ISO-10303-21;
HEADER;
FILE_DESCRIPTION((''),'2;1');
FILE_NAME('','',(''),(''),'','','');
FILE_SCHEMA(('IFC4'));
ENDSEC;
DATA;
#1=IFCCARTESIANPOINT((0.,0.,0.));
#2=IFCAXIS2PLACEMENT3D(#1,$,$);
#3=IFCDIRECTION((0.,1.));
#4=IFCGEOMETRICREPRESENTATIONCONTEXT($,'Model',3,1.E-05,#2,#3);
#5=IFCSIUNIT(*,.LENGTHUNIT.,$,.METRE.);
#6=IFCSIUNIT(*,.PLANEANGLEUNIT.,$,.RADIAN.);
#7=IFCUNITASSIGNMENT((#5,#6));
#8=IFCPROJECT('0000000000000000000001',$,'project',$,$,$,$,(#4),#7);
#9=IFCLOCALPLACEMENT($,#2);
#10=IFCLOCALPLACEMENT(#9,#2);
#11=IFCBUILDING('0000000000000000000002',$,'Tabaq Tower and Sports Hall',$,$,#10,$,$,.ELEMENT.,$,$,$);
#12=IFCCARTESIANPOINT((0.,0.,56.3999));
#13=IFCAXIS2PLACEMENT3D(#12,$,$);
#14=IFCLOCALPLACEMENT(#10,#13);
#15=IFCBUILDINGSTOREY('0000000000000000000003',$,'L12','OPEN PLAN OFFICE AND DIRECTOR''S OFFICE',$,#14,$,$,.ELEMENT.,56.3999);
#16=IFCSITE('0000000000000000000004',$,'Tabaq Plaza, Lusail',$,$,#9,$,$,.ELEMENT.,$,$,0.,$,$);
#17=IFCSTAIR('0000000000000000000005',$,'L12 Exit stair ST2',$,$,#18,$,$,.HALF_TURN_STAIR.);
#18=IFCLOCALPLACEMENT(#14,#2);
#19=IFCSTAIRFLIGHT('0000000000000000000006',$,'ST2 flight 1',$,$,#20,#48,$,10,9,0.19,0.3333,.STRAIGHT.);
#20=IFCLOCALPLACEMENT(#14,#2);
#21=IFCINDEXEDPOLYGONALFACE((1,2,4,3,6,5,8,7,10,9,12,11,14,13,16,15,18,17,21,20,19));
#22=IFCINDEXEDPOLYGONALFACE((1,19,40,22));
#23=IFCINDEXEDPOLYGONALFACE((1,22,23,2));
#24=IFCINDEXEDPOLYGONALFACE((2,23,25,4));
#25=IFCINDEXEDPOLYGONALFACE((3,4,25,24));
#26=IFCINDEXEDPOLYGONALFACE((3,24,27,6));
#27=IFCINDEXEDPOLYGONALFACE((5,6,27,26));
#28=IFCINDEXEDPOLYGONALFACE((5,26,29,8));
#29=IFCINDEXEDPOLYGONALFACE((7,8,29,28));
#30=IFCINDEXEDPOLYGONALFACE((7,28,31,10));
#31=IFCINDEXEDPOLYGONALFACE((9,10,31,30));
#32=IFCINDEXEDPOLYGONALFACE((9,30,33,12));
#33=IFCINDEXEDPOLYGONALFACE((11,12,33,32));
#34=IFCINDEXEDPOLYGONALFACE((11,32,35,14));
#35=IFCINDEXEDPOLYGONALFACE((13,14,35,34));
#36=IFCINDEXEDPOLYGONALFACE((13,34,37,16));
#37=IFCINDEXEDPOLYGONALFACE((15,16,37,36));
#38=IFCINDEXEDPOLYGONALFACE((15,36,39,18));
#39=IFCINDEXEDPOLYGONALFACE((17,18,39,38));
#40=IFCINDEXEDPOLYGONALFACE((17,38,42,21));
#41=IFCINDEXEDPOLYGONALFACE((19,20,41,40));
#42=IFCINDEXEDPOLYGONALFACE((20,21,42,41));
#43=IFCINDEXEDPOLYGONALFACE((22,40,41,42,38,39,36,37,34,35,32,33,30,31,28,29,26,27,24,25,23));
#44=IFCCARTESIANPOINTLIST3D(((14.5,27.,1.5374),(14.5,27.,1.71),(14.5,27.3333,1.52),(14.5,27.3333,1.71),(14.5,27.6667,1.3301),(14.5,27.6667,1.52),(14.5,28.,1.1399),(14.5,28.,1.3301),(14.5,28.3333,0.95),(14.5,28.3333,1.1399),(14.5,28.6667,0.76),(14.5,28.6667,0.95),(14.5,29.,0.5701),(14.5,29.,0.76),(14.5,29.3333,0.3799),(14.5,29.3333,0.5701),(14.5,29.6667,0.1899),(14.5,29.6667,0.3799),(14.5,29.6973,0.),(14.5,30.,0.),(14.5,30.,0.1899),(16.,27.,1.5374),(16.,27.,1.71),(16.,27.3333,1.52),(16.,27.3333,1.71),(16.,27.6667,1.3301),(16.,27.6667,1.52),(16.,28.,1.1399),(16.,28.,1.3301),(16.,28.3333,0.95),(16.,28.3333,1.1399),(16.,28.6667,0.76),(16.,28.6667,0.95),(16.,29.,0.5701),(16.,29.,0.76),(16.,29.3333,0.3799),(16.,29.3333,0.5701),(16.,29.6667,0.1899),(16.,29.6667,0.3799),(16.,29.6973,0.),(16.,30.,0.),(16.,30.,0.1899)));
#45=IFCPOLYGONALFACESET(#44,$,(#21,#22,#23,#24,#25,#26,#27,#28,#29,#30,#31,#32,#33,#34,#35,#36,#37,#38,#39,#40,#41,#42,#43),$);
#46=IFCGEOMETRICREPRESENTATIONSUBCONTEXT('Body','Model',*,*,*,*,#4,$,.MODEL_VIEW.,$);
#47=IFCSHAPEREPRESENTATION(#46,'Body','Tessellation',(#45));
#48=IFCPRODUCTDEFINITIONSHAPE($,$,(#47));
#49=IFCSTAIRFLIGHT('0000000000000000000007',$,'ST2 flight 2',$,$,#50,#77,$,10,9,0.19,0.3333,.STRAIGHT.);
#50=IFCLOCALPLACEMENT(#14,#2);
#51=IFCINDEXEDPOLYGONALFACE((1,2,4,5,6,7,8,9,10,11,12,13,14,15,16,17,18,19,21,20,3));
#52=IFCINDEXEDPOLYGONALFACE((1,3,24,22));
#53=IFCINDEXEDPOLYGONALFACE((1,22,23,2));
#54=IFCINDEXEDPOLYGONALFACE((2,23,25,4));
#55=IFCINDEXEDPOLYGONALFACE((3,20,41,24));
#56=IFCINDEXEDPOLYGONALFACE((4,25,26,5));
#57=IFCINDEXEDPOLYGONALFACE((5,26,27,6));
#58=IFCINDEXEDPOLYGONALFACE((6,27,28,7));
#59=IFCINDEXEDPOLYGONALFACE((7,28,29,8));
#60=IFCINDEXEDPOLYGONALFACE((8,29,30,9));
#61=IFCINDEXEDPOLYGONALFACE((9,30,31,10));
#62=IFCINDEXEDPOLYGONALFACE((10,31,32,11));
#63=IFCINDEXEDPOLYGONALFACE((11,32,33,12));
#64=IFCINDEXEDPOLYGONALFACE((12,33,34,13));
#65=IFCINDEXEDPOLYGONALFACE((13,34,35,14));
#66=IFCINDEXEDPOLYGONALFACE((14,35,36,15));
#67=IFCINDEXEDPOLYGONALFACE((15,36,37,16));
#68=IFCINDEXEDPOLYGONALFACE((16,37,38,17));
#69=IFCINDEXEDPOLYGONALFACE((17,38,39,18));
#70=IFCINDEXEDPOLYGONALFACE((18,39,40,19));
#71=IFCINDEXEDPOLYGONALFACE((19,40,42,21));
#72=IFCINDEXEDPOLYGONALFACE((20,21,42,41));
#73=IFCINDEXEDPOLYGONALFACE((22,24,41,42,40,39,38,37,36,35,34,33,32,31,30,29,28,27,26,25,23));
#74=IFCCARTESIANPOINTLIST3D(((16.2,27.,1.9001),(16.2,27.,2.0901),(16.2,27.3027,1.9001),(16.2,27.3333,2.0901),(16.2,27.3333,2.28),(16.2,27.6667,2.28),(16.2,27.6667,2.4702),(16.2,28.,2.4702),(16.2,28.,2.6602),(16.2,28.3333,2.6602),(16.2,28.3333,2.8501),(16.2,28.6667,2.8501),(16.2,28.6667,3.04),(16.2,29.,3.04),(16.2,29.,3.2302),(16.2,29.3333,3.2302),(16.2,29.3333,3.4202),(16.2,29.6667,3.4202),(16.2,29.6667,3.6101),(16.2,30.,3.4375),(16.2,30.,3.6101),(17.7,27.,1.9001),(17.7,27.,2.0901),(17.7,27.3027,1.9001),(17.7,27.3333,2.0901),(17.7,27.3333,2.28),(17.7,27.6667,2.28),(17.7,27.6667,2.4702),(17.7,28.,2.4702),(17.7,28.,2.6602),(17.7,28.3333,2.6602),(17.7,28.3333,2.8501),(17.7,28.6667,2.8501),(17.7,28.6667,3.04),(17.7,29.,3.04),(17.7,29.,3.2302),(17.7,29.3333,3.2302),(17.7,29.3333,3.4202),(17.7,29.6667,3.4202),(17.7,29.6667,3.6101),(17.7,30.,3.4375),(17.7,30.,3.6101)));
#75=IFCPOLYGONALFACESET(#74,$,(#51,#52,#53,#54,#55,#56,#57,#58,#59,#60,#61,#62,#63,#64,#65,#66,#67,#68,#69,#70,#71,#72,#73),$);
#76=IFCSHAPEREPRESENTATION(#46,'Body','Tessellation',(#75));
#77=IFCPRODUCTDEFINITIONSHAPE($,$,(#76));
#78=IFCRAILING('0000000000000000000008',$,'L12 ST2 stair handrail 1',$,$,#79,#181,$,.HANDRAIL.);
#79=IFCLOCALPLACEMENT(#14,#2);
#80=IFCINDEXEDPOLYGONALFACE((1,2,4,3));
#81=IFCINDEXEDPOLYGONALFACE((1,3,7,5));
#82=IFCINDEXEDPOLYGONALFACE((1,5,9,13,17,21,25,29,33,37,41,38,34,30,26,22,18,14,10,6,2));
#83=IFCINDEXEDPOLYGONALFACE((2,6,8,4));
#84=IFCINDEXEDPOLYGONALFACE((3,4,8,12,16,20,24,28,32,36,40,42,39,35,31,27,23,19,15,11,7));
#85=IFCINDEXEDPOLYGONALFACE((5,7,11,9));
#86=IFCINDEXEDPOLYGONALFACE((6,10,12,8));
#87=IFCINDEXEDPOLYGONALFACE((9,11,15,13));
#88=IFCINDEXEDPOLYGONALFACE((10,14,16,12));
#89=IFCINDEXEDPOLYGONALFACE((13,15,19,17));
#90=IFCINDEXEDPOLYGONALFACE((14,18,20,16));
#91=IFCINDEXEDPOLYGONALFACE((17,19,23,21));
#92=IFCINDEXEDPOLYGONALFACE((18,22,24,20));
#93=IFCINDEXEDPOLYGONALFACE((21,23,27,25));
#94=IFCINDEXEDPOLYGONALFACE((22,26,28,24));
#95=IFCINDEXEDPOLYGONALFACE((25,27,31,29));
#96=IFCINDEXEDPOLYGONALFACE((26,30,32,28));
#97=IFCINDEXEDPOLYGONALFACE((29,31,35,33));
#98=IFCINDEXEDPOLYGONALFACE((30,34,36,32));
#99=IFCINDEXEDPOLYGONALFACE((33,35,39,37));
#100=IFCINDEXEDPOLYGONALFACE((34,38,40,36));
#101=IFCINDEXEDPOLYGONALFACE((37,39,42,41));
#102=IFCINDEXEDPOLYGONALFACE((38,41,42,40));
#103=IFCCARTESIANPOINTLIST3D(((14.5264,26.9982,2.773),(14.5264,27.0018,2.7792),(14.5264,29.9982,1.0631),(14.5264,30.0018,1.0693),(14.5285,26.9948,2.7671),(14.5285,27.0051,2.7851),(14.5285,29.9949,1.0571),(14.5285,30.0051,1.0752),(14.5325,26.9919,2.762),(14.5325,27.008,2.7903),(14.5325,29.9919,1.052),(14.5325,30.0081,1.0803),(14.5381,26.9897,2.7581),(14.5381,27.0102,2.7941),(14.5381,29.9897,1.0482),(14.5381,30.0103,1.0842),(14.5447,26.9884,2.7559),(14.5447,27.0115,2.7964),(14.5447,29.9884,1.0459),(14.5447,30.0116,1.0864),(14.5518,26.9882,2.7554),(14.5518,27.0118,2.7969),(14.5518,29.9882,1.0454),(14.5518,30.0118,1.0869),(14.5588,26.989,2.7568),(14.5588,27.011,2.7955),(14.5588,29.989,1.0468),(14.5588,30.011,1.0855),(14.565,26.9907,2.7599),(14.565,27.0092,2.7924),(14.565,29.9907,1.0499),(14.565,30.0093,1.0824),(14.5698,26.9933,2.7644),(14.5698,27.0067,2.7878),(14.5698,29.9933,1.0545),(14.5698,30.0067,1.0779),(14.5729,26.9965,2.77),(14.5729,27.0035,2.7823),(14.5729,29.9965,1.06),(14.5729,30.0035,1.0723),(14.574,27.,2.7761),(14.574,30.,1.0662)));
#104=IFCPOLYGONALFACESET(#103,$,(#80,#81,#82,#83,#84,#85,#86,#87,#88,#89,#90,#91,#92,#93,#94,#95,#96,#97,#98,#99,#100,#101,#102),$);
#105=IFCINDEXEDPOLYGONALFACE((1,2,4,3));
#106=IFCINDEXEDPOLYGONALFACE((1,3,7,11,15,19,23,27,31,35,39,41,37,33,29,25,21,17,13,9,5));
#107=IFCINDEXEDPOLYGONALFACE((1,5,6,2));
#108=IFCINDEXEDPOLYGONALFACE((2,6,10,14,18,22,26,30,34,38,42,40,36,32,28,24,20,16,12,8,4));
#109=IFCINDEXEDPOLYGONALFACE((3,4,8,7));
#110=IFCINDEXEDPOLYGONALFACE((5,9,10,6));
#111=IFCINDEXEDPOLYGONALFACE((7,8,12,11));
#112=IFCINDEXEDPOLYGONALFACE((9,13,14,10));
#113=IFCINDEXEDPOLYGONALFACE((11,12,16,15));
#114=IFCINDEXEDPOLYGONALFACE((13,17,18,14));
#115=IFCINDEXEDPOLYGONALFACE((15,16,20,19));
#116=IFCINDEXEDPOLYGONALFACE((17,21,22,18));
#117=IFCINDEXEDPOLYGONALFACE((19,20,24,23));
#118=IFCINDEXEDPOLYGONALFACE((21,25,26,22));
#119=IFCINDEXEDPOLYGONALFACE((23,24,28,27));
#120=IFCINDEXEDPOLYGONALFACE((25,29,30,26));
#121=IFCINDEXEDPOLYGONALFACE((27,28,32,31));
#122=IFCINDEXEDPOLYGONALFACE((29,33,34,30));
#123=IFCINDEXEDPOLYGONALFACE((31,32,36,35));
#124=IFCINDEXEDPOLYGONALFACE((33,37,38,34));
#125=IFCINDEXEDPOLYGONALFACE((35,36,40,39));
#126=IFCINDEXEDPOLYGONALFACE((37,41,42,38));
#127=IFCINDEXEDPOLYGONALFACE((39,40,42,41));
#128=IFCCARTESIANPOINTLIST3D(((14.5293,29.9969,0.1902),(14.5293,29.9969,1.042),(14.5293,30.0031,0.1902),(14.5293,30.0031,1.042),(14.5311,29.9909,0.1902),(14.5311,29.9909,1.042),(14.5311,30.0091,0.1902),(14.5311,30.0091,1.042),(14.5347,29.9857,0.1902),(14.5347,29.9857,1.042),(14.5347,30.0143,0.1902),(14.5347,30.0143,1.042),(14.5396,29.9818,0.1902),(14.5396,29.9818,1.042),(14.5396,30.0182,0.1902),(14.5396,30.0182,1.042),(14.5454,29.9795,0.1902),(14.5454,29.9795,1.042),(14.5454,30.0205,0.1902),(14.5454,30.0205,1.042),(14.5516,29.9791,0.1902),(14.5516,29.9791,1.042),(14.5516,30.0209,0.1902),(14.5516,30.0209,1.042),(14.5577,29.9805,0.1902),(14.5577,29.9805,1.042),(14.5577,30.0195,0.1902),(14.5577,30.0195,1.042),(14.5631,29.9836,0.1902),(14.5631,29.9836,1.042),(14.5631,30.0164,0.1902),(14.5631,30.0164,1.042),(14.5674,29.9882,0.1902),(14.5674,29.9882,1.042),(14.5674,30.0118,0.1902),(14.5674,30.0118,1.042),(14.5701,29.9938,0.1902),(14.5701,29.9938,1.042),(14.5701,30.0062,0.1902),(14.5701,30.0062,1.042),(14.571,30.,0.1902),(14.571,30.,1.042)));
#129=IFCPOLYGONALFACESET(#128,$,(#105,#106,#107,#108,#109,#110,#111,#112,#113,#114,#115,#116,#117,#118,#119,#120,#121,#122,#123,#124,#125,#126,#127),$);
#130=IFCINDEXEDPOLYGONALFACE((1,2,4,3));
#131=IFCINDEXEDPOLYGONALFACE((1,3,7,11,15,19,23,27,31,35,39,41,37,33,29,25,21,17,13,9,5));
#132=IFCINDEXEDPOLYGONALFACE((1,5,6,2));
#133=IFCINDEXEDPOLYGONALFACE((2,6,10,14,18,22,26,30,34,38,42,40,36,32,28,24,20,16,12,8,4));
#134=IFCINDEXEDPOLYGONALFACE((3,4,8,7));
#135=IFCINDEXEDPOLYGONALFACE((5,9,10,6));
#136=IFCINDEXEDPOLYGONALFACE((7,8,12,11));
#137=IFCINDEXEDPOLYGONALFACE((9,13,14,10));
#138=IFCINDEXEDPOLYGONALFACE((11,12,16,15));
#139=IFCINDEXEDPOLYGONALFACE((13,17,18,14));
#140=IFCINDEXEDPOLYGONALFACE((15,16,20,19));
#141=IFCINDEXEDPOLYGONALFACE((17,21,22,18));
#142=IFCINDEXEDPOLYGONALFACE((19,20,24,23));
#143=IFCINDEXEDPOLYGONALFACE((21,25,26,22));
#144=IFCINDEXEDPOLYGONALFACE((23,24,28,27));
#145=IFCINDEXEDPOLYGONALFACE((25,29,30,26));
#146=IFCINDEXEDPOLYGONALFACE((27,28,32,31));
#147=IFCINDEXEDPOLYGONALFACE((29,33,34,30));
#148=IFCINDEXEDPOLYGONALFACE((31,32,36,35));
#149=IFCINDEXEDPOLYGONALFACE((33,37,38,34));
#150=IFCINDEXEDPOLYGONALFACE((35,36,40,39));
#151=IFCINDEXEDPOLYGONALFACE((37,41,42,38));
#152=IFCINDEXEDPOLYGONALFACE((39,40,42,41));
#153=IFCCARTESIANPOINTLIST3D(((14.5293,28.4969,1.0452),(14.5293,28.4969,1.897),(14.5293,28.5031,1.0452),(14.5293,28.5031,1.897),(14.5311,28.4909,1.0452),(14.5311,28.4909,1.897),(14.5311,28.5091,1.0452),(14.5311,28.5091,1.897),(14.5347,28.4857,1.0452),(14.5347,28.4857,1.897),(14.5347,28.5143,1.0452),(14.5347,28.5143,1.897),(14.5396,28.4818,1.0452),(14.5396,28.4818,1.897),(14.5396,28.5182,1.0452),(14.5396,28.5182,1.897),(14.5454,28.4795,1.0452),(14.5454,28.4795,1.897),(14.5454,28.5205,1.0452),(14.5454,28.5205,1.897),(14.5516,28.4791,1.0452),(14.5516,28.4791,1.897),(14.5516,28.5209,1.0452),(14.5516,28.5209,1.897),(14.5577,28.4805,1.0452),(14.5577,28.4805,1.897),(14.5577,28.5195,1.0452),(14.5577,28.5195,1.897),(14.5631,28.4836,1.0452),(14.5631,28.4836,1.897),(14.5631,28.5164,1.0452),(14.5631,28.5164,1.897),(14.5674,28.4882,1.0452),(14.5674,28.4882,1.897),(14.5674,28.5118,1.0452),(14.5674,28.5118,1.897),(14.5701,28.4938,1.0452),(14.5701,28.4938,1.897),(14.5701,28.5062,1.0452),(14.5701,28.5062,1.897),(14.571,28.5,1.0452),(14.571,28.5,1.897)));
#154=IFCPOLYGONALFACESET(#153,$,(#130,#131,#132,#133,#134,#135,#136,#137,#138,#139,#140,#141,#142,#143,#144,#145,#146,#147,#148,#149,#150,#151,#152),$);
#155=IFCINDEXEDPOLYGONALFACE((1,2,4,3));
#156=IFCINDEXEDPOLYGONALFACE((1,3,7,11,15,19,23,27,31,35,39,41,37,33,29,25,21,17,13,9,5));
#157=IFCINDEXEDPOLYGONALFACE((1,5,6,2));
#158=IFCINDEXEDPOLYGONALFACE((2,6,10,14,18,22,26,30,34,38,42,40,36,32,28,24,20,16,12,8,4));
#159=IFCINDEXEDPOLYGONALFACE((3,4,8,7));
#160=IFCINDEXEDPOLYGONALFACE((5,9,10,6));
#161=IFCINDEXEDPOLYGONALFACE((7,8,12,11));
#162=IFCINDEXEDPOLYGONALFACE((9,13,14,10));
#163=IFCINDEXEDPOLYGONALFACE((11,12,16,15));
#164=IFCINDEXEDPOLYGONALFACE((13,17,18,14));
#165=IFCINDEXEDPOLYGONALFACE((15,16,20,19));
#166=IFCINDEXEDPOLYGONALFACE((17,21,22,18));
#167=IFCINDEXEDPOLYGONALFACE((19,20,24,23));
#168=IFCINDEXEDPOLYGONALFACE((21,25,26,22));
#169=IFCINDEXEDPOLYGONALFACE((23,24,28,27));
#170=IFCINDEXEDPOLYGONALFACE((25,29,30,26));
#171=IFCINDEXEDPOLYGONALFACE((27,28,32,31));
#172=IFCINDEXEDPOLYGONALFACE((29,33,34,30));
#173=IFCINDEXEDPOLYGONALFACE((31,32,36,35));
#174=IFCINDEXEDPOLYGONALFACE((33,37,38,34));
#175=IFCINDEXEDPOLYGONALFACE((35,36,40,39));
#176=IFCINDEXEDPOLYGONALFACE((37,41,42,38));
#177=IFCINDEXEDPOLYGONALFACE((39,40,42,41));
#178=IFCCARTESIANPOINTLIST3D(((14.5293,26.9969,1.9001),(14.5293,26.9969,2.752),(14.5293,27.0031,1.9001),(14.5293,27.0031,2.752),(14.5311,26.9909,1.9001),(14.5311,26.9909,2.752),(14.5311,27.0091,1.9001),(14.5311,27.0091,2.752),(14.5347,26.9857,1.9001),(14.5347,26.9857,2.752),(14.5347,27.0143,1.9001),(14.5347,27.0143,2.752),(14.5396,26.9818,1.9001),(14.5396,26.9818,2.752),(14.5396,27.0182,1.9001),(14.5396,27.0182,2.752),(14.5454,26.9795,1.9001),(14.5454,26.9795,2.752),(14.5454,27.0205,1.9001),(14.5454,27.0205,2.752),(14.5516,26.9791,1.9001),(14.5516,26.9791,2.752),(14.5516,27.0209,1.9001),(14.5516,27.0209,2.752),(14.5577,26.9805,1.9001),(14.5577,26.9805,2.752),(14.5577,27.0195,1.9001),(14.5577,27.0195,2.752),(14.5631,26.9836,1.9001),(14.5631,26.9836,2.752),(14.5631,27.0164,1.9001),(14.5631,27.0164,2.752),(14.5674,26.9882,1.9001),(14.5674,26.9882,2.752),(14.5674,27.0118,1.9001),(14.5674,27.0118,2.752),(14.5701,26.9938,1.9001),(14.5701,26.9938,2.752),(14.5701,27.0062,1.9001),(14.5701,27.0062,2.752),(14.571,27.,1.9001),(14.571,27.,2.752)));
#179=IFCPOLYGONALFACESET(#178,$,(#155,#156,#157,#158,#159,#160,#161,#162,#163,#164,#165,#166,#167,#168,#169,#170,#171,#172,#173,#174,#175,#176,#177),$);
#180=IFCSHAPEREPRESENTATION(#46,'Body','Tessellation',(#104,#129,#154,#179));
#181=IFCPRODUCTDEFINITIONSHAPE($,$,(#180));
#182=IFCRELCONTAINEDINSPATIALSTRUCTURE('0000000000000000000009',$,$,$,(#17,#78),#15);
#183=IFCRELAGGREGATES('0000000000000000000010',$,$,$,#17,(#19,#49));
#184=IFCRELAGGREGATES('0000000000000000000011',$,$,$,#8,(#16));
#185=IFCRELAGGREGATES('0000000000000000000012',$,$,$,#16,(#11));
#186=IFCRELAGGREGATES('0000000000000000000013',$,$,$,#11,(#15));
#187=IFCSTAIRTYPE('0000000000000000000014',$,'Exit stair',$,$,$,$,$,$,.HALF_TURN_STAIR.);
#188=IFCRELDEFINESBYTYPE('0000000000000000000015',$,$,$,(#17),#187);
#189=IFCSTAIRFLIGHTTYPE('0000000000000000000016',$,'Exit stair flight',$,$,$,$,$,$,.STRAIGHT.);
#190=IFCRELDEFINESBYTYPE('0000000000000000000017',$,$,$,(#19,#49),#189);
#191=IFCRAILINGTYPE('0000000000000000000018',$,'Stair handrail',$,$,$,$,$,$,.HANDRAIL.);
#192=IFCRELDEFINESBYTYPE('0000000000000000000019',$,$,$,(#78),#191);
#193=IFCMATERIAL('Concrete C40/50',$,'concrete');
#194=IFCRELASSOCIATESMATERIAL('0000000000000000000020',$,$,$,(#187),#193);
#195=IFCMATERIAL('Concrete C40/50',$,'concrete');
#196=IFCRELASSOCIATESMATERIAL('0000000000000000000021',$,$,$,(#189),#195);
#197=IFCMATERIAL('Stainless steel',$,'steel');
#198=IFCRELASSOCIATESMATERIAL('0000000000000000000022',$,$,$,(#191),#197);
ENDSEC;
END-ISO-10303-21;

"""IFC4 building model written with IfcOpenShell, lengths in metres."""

from ifc_helpers import new_model, si_unit, direction, frame, origin, origin_2d, place, context, subcontext, project, spatial, polyline, circle, outline, extrude, material, type_object, element, aggregate, save


model = new_model("IFC4")

# Units and contexts
model_context = context("Model", 3, precision=1e-05, world=origin(), true_north=direction((0.0, 1.0)))
body_context = subcontext(model_context, "Body", "Model", "MODEL_VIEW")
ifc_project = project(units=[si_unit("LENGTHUNIT", "METRE"), si_unit("PLANEANGLEUNIT", "RADIAN")], contexts=[model_context])

# Site, building, storey
site_placement = place(None, origin())
site = spatial("IfcSite", under=ifc_project, at=site_placement, Name="Tabaq Plaza, Lusail", CompositionType="ELEMENT", RefElevation=0.0)
building_placement = place(site_placement, origin())
building = spatial("IfcBuilding", under=site, at=building_placement, Name="Tabaq Tower and Sports Hall", CompositionType="ELEMENT")
storey_placement = place(building_placement, frame((0.0, 0.0, 56.3999)))
storey = spatial("IfcBuildingStorey", under=building, at=storey_placement, Name="L12", Description="OPEN PLAN OFFICE AND DIRECTOR'S OFFICE", CompositionType="ELEMENT", Elevation=56.3999)

# Stair, stair flights
ifc_material_1 = material(Name="Concrete C40/50", Category="concrete")
stair_type = type_object("IfcStairType", Name="Exit stair", PredefinedType="HALF_TURN_STAIR", material=ifc_material_1)
stair_placement = place(storey_placement, origin())
stair = element("IfcStair", 1, at=stair_placement, inside=storey, type_object=stair_type, Name="L12 Exit stair ST2", PredefinedType="HALF_TURN_STAIR")
ifc_material_2 = material(Name="Concrete C40/50", Category="concrete")
stair_flight_type = type_object("IfcStairFlightType", Name="Exit stair flight", PredefinedType="STRAIGHT", material=ifc_material_2)
stair_flight_1_placement = place(storey_placement, frame((15.25, 30.0, 0.0), z_axis=(0.0, 0.0, 1.0), x_axis=(0.0, -1.0, 0.0)))
stair_flight_1 = element("IfcStairFlight", 2, at=stair_flight_1_placement, type_object=stair_flight_type, Name="ST2 flight 1", NumberOfRisers=10, NumberOfTreads=9, PredefinedType="STRAIGHT", RiserHeight=0.19, TreadLength=0.3333, context=body_context, shape_type="SweptSolid", body=[
    extrude(outline(polyline([(0.0, 0.0), (0.0, 0.1899), (0.3333, 0.1899), (0.3333, 0.3799), (0.6667, 0.3799), (0.6667, 0.5701), (1.0, 0.5701), (1.0, 0.76), (1.3333, 0.76), (1.3333, 0.95), (1.6667, 0.95), (1.6667, 1.1399), (2.0, 1.1399), (2.0, 1.3301), (2.3333, 1.3301), (2.3333, 1.52), (2.6667, 1.52), (2.6667, 1.71), (3.0, 1.71), (3.0, 1.8999), (3.0, 1.5374), (0.3027, 0.0), (0.0, 0.0)])), frame((0.0, 0.75, 0.0), z_axis=(0.0, -1.0, 0.0), x_axis=(1.0, 0.0, 0.0)), (0.0, 0.0, 1.0), 1.5),
])
stair_flight_2_placement = place(storey_placement, frame((16.95, 27.0, 1.9001), z_axis=(0.0, 0.0, 1.0), x_axis=(0.0, 1.0, 0.0)))
stair_flight_2 = element("IfcStairFlight", 3, at=stair_flight_2_placement, type_object=stair_flight_type, Name="ST2 flight 2", NumberOfRisers=10, NumberOfTreads=9, PredefinedType="STRAIGHT", RiserHeight=0.19, TreadLength=0.3333, context=body_context, shape_type="SweptSolid", body=[
    extrude(outline(polyline([(0.0, 0.0), (0.0, 0.1899), (0.3333, 0.1899), (0.3333, 0.3799), (0.6667, 0.3799), (0.6667, 0.5701), (1.0, 0.5701), (1.0, 0.76), (1.3333, 0.76), (1.3333, 0.95), (1.6667, 0.95), (1.6667, 1.1399), (2.0, 1.1399), (2.0, 1.3301), (2.3333, 1.3301), (2.3333, 1.52), (2.6667, 1.52), (2.6667, 1.71), (3.0, 1.71), (3.0, 1.8999), (3.0, 1.5374), (0.3027, 0.0), (0.0, 0.0)])), frame((0.0, 0.75, 0.0), z_axis=(0.0, -1.0, 0.0), x_axis=(1.0, 0.0, 0.0)), (0.0, 0.0, 1.0), 1.5),
])
aggregate(stair, [stair_flight_1, stair_flight_2])

# Railing
ifc_material_3 = material(Name="Stainless steel", Category="steel")
railing_type_1 = type_object("IfcRailingType", Name="Stair handrail", PredefinedType="HANDRAIL", material=ifc_material_3)
railing_1_placement = place(storey_placement, frame((14.55, 30.0, 0.1902)))
element("IfcRailing", 4, at=railing_1_placement, inside=storey, type_object=railing_type_1, Name="L12 ST2 stair handrail 1", PredefinedType="HANDRAIL", context=body_context, shape_type="SweptSolid", body=[
    extrude(circle(Radius=0.0239, at=origin_2d()), frame((0.0, 0.0, 0.876), z_axis=(0.0, -0.868782, 0.495195), x_axis=(1.0, 0.0, 0.0)), (0.0, 0.0, 1.0), 3.4531),
    extrude(circle(Radius=0.021, at=origin_2d()), origin(), (0.0, 0.0, 1.0), 0.8518),
    extrude(circle(Radius=0.021, at=origin_2d()), frame((0.0, -1.5, 0.855)), (0.0, 0.0, 1.0), 0.8518),
    extrude(circle(Radius=0.021, at=origin_2d()), frame((0.0, -3.0, 1.71)), (0.0, 0.0, 1.0), 0.8518),
])

save(model, "model.ifc")
